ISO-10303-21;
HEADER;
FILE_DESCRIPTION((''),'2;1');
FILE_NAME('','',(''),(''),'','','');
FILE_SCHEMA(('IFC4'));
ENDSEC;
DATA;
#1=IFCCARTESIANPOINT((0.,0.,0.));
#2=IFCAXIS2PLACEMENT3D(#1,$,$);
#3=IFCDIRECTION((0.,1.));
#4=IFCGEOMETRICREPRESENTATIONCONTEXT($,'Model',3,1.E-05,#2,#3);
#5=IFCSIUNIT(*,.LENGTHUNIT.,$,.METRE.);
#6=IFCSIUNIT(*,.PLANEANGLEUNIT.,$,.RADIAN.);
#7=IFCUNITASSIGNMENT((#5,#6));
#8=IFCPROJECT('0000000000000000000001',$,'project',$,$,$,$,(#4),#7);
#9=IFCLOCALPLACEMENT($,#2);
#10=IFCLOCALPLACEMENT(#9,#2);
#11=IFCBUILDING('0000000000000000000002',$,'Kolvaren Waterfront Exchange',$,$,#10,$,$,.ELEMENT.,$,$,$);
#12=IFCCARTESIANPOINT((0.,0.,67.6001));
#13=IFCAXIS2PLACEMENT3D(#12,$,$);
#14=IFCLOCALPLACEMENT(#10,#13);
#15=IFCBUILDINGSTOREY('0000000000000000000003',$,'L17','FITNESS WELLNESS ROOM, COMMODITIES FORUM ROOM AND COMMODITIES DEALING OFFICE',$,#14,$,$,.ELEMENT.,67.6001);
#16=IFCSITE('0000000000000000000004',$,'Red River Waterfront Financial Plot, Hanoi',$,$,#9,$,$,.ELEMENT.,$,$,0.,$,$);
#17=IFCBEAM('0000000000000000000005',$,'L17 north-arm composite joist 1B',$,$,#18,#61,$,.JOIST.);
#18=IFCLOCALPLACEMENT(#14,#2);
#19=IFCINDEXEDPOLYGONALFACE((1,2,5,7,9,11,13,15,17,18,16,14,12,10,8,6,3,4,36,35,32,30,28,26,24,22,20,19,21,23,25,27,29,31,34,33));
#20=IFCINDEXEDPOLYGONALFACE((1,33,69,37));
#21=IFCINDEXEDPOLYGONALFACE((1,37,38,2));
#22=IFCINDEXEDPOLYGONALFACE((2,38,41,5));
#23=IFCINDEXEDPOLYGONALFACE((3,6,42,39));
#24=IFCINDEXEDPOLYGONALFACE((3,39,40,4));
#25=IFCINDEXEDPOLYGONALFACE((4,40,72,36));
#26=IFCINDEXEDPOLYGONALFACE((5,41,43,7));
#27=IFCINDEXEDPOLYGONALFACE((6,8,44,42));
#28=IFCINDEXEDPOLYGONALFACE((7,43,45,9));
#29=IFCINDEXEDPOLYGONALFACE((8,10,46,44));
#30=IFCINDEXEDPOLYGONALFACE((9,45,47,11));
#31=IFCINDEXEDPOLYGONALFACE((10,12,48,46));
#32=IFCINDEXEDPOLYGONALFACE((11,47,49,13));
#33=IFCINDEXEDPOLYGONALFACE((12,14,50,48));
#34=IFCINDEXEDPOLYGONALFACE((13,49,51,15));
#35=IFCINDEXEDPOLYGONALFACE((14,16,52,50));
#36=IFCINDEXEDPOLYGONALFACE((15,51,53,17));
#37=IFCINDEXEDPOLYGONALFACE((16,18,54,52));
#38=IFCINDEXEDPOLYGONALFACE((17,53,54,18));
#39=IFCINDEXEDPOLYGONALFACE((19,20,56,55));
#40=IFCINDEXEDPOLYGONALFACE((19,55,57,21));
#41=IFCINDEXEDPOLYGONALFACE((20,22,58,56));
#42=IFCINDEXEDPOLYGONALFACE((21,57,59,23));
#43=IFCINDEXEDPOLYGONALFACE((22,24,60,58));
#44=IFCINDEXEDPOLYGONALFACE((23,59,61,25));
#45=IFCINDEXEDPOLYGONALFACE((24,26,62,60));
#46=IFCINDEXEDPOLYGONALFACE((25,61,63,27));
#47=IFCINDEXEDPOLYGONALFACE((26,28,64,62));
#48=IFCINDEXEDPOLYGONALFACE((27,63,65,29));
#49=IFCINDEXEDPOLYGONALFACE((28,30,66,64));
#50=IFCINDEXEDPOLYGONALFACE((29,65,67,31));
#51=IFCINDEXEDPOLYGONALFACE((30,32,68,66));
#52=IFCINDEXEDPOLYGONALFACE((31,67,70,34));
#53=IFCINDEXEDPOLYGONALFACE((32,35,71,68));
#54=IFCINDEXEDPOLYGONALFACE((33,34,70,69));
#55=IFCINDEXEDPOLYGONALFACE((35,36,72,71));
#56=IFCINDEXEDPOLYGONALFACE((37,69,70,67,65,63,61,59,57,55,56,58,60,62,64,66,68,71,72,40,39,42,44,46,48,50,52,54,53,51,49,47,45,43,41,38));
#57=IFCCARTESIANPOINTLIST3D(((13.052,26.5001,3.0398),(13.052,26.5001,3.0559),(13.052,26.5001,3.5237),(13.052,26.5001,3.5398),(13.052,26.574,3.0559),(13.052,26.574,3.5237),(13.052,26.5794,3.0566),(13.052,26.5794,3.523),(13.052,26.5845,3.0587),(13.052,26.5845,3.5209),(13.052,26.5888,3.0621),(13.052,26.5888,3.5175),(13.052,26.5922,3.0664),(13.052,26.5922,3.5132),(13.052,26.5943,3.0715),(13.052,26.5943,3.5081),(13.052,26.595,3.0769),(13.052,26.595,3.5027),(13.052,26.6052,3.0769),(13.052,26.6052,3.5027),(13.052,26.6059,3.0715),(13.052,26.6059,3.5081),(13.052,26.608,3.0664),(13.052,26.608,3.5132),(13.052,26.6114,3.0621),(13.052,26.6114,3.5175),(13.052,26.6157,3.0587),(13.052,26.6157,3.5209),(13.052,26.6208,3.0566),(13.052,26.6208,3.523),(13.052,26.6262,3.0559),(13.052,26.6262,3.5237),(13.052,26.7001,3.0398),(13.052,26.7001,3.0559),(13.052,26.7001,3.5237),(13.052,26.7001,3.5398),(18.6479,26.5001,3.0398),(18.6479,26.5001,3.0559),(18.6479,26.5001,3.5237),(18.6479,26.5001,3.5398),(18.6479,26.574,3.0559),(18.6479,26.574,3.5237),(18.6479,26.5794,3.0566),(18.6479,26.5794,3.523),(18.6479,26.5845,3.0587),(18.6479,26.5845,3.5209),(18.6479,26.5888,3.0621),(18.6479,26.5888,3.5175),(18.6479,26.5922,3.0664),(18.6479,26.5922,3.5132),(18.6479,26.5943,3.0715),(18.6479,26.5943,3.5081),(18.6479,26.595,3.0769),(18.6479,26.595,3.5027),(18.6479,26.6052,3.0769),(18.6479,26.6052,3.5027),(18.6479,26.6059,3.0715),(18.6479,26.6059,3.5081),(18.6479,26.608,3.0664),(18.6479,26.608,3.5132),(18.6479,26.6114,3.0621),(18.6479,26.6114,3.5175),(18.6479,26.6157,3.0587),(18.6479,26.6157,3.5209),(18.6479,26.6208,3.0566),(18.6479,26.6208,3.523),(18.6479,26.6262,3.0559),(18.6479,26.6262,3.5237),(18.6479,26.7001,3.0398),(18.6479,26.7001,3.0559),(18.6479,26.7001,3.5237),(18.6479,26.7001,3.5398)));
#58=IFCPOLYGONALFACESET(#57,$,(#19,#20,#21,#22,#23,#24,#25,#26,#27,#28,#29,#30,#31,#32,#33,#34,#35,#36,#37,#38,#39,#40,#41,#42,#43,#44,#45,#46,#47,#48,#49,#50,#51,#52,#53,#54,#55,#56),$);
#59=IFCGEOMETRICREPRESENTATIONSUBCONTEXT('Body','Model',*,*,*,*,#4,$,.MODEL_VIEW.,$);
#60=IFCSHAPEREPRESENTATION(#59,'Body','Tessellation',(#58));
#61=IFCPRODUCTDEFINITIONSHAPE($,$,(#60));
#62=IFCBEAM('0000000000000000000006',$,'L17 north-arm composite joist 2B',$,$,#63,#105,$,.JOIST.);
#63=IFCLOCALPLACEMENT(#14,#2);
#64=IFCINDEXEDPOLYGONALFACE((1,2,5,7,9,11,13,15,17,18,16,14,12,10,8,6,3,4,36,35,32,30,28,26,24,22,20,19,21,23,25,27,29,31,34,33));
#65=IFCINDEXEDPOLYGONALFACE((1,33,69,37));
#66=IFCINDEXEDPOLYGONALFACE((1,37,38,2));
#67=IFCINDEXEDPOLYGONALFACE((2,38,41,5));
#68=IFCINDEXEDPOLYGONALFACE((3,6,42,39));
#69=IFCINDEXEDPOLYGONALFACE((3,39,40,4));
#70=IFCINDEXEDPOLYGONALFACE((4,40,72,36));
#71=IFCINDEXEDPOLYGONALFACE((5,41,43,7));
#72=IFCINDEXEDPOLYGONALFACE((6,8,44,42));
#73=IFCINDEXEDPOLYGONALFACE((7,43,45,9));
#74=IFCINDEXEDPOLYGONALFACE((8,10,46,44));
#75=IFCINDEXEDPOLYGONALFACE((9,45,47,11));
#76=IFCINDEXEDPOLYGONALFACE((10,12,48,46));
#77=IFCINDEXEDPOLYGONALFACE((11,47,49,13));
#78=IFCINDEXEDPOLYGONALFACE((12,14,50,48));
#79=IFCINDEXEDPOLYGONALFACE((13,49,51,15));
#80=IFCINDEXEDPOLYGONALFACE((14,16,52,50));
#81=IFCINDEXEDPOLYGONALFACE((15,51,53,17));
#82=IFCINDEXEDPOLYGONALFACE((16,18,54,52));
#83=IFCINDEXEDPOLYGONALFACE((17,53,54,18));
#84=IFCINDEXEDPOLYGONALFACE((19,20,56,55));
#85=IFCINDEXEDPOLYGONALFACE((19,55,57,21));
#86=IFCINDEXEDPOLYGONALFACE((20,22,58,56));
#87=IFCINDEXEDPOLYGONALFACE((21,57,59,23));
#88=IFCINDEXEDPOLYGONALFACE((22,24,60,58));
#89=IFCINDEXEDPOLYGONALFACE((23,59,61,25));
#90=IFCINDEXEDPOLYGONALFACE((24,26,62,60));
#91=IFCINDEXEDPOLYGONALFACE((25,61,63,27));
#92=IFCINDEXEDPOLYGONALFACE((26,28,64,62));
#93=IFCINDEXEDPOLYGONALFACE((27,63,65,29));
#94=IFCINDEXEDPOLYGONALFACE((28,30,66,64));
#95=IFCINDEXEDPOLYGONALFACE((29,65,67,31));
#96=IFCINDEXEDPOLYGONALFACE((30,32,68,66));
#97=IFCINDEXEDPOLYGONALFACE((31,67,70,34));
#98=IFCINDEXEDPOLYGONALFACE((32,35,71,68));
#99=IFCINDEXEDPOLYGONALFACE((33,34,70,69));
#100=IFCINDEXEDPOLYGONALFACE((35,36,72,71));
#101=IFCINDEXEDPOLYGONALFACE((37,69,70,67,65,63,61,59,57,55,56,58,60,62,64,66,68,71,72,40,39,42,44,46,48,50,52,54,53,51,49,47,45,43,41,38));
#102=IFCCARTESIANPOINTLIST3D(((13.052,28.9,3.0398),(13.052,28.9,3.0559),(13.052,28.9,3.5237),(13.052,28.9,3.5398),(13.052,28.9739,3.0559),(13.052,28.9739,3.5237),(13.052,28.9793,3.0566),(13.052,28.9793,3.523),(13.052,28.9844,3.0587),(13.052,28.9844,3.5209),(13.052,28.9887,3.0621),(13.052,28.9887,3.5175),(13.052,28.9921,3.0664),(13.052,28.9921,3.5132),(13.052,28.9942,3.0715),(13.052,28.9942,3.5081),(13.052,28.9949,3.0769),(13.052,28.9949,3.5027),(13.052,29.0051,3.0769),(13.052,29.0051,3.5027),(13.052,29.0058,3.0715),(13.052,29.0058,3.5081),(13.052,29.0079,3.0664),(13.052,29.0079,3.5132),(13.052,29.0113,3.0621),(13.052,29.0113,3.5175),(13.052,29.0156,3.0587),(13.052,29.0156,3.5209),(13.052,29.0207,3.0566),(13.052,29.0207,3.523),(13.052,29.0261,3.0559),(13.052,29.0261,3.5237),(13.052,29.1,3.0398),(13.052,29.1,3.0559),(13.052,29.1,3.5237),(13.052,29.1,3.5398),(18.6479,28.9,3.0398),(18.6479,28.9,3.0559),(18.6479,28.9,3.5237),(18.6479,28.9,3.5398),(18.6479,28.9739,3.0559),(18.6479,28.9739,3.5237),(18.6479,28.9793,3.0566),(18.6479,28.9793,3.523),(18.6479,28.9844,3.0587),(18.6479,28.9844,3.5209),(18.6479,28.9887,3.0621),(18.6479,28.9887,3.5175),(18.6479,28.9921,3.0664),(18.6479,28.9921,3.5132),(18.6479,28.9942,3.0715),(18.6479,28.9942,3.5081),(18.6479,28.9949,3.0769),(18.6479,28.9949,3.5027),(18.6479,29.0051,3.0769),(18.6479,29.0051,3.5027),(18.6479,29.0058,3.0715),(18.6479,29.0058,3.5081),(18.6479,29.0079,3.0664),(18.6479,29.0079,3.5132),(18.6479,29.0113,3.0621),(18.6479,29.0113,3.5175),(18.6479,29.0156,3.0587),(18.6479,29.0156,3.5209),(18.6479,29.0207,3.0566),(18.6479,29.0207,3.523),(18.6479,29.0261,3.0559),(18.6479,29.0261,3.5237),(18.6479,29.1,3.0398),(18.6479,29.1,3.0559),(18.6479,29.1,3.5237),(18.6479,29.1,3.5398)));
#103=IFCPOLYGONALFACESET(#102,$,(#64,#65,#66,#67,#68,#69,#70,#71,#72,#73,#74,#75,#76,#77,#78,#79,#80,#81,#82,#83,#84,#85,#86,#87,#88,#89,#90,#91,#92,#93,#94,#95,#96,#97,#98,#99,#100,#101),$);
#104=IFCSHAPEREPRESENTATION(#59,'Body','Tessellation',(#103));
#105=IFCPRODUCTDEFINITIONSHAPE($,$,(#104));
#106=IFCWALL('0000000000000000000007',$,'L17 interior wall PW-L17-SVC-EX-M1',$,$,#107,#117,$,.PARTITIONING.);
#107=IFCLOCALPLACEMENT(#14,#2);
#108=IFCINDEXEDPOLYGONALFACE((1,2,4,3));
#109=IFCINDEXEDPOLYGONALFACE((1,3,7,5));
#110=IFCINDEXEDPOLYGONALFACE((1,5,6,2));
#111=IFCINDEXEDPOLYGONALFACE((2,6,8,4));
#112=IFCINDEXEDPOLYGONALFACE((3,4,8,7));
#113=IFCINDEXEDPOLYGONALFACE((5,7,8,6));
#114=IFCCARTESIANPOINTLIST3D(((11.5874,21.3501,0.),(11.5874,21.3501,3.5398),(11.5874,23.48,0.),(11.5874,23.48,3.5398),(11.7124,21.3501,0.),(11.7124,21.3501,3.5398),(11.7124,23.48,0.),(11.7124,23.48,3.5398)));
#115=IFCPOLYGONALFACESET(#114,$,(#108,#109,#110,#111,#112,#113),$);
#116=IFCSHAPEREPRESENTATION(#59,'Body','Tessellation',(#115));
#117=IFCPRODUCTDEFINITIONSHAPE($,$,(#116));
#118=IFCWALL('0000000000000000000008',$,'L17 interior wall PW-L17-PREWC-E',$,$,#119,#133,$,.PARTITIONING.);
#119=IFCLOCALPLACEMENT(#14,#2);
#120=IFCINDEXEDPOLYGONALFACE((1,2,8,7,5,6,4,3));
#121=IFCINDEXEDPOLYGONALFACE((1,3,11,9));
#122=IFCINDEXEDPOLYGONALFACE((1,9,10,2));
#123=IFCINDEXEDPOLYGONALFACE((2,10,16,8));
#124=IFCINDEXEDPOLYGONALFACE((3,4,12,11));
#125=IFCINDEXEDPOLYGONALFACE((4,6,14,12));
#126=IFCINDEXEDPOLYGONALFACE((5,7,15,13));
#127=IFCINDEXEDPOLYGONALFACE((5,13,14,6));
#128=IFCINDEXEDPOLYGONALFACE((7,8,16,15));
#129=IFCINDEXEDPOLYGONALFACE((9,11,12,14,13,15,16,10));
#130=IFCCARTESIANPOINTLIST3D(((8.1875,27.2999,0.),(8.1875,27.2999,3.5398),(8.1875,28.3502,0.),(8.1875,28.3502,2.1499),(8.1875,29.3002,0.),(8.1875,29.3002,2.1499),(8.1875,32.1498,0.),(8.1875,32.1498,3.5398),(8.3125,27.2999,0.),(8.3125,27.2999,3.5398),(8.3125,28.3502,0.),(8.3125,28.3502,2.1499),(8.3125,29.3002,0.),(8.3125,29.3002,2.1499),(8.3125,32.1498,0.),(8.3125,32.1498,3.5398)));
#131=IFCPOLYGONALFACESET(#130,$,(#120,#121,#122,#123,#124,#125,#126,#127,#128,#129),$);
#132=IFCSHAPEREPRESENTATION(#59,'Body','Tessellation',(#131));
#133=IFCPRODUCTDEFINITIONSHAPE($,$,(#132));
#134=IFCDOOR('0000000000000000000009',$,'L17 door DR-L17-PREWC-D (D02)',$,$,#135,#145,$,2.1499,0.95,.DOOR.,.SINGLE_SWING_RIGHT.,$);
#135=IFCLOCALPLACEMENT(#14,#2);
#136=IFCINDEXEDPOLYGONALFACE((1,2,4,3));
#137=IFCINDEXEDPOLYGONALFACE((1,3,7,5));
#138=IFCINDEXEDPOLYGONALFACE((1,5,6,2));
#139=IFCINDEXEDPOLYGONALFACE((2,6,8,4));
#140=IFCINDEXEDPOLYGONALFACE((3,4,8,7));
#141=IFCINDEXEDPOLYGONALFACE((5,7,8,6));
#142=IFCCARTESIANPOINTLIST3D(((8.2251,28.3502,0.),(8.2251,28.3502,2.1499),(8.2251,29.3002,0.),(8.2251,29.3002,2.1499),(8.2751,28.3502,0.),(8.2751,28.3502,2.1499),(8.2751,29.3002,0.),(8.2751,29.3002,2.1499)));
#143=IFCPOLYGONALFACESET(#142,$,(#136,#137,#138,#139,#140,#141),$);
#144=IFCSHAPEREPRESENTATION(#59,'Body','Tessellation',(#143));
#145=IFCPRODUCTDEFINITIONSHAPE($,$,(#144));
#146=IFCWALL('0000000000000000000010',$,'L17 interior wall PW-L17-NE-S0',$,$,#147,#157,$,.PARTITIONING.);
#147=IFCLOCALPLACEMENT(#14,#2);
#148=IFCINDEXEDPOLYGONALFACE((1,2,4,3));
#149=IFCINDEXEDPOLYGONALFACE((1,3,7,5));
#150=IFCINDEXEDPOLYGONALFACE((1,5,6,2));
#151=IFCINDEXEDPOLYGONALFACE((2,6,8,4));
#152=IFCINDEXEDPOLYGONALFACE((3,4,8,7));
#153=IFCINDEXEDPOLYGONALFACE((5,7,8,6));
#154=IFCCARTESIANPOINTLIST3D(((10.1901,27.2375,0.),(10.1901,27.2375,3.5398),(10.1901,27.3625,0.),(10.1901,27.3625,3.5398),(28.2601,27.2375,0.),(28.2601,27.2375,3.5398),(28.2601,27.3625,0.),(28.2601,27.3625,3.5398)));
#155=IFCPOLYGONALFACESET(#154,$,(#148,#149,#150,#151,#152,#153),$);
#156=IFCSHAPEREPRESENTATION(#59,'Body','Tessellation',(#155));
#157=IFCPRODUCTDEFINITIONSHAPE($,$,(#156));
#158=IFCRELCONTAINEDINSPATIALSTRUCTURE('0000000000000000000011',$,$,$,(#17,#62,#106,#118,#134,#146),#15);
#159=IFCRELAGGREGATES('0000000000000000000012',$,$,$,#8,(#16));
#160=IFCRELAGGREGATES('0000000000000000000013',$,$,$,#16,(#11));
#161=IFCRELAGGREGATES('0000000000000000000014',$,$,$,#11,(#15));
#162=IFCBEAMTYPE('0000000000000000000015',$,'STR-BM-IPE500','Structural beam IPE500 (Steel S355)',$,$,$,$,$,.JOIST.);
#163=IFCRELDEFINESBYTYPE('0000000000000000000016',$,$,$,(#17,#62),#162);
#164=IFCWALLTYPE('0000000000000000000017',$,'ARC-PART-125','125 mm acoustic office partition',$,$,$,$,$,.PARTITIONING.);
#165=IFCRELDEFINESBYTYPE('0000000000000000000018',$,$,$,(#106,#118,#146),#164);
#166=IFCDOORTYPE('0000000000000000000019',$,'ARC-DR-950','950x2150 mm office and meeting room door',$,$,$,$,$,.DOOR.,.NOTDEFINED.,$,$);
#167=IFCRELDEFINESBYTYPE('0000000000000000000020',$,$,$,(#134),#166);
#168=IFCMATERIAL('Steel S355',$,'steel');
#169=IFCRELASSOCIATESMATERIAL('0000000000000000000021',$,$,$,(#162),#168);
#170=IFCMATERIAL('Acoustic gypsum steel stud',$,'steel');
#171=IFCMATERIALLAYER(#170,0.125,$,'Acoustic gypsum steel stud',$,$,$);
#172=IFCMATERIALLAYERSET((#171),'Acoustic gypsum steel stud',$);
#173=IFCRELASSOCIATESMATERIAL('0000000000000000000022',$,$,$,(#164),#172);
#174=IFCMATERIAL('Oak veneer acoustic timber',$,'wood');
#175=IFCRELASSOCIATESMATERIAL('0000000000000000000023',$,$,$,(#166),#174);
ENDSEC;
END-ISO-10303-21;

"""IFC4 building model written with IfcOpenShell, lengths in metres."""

from ifc_helpers import new_model, si_unit, direction, frame, frame_2d, origin, origin_2d, place, context, subcontext, project, spatial, rectangle, i_section, extrude, material, layer, layer_set, material_profile, profile_set, type_object, element, fill, save


model = new_model("IFC4")

# Units and contexts
model_context = context("Model", 3, precision=1e-05, world=origin(), true_north=direction((0.0, 1.0)))
body_context = subcontext(model_context, "Body", "Model", "MODEL_VIEW")
ifc_project = project(units=[si_unit("LENGTHUNIT", "METRE"), si_unit("PLANEANGLEUNIT", "RADIAN")], contexts=[model_context])

# Site, building, storey
site_placement = place(None, origin())
site = spatial("IfcSite", under=ifc_project, at=site_placement, Name="Red River Waterfront Financial Plot, Hanoi", CompositionType="ELEMENT", RefElevation=0.0)
building_placement = place(site_placement, origin())
building = spatial("IfcBuilding", under=site, at=building_placement, Name="Kolvaren Waterfront Exchange", CompositionType="ELEMENT")
storey_placement = place(building_placement, frame((0.0, 0.0, 67.6001)))
storey = spatial("IfcBuildingStorey", under=building, at=storey_placement, Name="L17", Description="FITNESS WELLNESS ROOM, COMMODITIES FORUM ROOM AND COMMODITIES DEALING OFFICE", CompositionType="ELEMENT", Elevation=67.6001)

# Beams
ifc_material_1 = material(Name="Steel S355", Category="steel")
ifc_material_profile_1 = material_profile(ifc_material_1, i_section(OverallWidth=0.2, OverallDepth=0.5, WebThickness=0.0103, FlangeThickness=0.0161, FilletRadius=0.021, at=origin_2d()), Name="IPE500")
ifc_profile_set_1 = profile_set([ifc_material_profile_1], Name="Steel S355")
beam_type_1 = type_object("IfcBeamType", Name="STR-BM-IPE500", Description="Structural beam IPE500 (Steel S355)", PredefinedType="JOIST", material=ifc_profile_set_1)
for number, where, z_axis, x_axis, name in (
    (1, (13.052, 26.6001, 3.2898), (1.0, 0.0, 0.0), (0.0, 1.0, 0.0), "L17 north-arm composite joist 1B"),
    (2, (13.052, 29.0, 3.2898), (1.0, 0.0, 0.0), (0.0, 1.0, 0.0), "L17 north-arm composite joist 2B"),
):
    element("IfcBeam", number, at=place(storey_placement, frame(where, z_axis=z_axis, x_axis=x_axis)), inside=storey, type_object=beam_type_1, Name=name, PredefinedType="JOIST", context=body_context, shape_type="SweptSolid", body=[
        extrude(i_section(OverallWidth=0.2, OverallDepth=0.5, WebThickness=0.0103, FlangeThickness=0.0161, FilletRadius=0.021, at=origin_2d()), origin(), (0.0, 0.0, 1.0), 5.5959),
    ])

# Shared definitions
ifc_material_2 = material(Name="Acoustic gypsum steel stud", Category="steel")
ifc_layer_1 = layer(ifc_material_2, 0.125, Name="Acoustic gypsum steel stud")
ifc_layer_set_1 = layer_set([ifc_layer_1], Name="Acoustic gypsum steel stud")
wall_type_1 = type_object("IfcWallType", Name="ARC-PART-125", Description="125 mm acoustic office partition", PredefinedType="PARTITIONING", material=ifc_layer_set_1)

# Wall
wall_1_placement = place(storey_placement, frame((11.6499, 21.3501, 0.0), z_axis=(0.0, 0.0, 1.0), x_axis=(0.0, 1.0, 0.0)))
element("IfcWall", 3, at=wall_1_placement, inside=storey, type_object=wall_type_1, Name="L17 interior wall PW-L17-SVC-EX-M1", PredefinedType="PARTITIONING", context=body_context, shape_type="SweptSolid", body=[
    extrude(rectangle(XDim=2.1299, YDim=0.125, at=frame_2d((1.0649, 0.0))), origin(), (0.0, 0.0, 1.0), 3.5398),
])

# Wall, opening, door
wall_2_placement = place(storey_placement, frame((8.25, 27.3, 0.0), z_axis=(0.0, 0.0, 1.0), x_axis=(0.0, 1.0, 0.0)))
wall_2 = element("IfcWall", 4, at=wall_2_placement, inside=storey, type_object=wall_type_1, Name="L17 interior wall PW-L17-PREWC-E", PredefinedType="PARTITIONING", context=body_context, shape_type="SweptSolid", body=[
    extrude(rectangle(XDim=4.8499, YDim=0.125, at=frame_2d((2.4248, 0.0))), origin(), (0.0, 0.0, 1.0), 3.5398),
])
opening_1_placement = place(wall_2_placement, frame((1.05, 0.0, 0.0)))
opening_1 = element("IfcOpeningElement", 5, at=opening_1_placement, cuts=wall_2, PredefinedType="OPENING", context=body_context, shape_type="SweptSolid", body=[
    extrude(rectangle(XDim=0.95, YDim=2.1499, at=frame_2d((0.4751, 1.075))), frame((0.0, 0.0725, 0.0), z_axis=(0.0, -1.0, 0.0), x_axis=(1.0, 0.0, 0.0)), (0.0, 0.0, 1.0), 0.145),
])
ifc_material_3 = material(Name="Oak veneer acoustic timber", Category="wood")
door_type_1 = type_object("IfcDoorType", Name="ARC-DR-950", Description="950x2150 mm office and meeting room door", OperationType="NOTDEFINED", PredefinedType="DOOR", material=ifc_material_3)
door_1_placement = place(opening_1_placement, origin())
door_1 = element("IfcDoor", 6, at=door_1_placement, inside=storey, type_object=door_type_1, Name="L17 door DR-L17-PREWC-D (D02)", OperationType="SINGLE_SWING_RIGHT", OverallHeight=2.1499, OverallWidth=0.95, PredefinedType="DOOR", context=body_context, shape_type="SweptSolid", body=[
    extrude(rectangle(XDim=0.95, YDim=2.1499, at=frame_2d((0.4751, 1.075))), frame((0.0, 0.0249, 0.0), z_axis=(0.0, -1.0, 0.0), x_axis=(1.0, 0.0, 0.0)), (0.0, 0.0, 1.0), 0.05),
])
fill(opening_1, door_1)

# Wall
wall_3_placement = place(storey_placement, frame((10.1899, 27.3, 0.0), z_axis=(0.0, 0.0, 1.0), x_axis=(1.0, 0.0, 0.0)))
element("IfcWall", 7, at=wall_3_placement, inside=storey, type_object=wall_type_1, Name="L17 interior wall PW-L17-NE-S0", PredefinedType="PARTITIONING", context=body_context, shape_type="SweptSolid", body=[
    extrude(rectangle(XDim=18.0701, YDim=0.125, at=frame_2d((9.0352, 0.0))), origin(), (0.0, 0.0, 1.0), 3.5398),
])

save(model, "model.ifc")
